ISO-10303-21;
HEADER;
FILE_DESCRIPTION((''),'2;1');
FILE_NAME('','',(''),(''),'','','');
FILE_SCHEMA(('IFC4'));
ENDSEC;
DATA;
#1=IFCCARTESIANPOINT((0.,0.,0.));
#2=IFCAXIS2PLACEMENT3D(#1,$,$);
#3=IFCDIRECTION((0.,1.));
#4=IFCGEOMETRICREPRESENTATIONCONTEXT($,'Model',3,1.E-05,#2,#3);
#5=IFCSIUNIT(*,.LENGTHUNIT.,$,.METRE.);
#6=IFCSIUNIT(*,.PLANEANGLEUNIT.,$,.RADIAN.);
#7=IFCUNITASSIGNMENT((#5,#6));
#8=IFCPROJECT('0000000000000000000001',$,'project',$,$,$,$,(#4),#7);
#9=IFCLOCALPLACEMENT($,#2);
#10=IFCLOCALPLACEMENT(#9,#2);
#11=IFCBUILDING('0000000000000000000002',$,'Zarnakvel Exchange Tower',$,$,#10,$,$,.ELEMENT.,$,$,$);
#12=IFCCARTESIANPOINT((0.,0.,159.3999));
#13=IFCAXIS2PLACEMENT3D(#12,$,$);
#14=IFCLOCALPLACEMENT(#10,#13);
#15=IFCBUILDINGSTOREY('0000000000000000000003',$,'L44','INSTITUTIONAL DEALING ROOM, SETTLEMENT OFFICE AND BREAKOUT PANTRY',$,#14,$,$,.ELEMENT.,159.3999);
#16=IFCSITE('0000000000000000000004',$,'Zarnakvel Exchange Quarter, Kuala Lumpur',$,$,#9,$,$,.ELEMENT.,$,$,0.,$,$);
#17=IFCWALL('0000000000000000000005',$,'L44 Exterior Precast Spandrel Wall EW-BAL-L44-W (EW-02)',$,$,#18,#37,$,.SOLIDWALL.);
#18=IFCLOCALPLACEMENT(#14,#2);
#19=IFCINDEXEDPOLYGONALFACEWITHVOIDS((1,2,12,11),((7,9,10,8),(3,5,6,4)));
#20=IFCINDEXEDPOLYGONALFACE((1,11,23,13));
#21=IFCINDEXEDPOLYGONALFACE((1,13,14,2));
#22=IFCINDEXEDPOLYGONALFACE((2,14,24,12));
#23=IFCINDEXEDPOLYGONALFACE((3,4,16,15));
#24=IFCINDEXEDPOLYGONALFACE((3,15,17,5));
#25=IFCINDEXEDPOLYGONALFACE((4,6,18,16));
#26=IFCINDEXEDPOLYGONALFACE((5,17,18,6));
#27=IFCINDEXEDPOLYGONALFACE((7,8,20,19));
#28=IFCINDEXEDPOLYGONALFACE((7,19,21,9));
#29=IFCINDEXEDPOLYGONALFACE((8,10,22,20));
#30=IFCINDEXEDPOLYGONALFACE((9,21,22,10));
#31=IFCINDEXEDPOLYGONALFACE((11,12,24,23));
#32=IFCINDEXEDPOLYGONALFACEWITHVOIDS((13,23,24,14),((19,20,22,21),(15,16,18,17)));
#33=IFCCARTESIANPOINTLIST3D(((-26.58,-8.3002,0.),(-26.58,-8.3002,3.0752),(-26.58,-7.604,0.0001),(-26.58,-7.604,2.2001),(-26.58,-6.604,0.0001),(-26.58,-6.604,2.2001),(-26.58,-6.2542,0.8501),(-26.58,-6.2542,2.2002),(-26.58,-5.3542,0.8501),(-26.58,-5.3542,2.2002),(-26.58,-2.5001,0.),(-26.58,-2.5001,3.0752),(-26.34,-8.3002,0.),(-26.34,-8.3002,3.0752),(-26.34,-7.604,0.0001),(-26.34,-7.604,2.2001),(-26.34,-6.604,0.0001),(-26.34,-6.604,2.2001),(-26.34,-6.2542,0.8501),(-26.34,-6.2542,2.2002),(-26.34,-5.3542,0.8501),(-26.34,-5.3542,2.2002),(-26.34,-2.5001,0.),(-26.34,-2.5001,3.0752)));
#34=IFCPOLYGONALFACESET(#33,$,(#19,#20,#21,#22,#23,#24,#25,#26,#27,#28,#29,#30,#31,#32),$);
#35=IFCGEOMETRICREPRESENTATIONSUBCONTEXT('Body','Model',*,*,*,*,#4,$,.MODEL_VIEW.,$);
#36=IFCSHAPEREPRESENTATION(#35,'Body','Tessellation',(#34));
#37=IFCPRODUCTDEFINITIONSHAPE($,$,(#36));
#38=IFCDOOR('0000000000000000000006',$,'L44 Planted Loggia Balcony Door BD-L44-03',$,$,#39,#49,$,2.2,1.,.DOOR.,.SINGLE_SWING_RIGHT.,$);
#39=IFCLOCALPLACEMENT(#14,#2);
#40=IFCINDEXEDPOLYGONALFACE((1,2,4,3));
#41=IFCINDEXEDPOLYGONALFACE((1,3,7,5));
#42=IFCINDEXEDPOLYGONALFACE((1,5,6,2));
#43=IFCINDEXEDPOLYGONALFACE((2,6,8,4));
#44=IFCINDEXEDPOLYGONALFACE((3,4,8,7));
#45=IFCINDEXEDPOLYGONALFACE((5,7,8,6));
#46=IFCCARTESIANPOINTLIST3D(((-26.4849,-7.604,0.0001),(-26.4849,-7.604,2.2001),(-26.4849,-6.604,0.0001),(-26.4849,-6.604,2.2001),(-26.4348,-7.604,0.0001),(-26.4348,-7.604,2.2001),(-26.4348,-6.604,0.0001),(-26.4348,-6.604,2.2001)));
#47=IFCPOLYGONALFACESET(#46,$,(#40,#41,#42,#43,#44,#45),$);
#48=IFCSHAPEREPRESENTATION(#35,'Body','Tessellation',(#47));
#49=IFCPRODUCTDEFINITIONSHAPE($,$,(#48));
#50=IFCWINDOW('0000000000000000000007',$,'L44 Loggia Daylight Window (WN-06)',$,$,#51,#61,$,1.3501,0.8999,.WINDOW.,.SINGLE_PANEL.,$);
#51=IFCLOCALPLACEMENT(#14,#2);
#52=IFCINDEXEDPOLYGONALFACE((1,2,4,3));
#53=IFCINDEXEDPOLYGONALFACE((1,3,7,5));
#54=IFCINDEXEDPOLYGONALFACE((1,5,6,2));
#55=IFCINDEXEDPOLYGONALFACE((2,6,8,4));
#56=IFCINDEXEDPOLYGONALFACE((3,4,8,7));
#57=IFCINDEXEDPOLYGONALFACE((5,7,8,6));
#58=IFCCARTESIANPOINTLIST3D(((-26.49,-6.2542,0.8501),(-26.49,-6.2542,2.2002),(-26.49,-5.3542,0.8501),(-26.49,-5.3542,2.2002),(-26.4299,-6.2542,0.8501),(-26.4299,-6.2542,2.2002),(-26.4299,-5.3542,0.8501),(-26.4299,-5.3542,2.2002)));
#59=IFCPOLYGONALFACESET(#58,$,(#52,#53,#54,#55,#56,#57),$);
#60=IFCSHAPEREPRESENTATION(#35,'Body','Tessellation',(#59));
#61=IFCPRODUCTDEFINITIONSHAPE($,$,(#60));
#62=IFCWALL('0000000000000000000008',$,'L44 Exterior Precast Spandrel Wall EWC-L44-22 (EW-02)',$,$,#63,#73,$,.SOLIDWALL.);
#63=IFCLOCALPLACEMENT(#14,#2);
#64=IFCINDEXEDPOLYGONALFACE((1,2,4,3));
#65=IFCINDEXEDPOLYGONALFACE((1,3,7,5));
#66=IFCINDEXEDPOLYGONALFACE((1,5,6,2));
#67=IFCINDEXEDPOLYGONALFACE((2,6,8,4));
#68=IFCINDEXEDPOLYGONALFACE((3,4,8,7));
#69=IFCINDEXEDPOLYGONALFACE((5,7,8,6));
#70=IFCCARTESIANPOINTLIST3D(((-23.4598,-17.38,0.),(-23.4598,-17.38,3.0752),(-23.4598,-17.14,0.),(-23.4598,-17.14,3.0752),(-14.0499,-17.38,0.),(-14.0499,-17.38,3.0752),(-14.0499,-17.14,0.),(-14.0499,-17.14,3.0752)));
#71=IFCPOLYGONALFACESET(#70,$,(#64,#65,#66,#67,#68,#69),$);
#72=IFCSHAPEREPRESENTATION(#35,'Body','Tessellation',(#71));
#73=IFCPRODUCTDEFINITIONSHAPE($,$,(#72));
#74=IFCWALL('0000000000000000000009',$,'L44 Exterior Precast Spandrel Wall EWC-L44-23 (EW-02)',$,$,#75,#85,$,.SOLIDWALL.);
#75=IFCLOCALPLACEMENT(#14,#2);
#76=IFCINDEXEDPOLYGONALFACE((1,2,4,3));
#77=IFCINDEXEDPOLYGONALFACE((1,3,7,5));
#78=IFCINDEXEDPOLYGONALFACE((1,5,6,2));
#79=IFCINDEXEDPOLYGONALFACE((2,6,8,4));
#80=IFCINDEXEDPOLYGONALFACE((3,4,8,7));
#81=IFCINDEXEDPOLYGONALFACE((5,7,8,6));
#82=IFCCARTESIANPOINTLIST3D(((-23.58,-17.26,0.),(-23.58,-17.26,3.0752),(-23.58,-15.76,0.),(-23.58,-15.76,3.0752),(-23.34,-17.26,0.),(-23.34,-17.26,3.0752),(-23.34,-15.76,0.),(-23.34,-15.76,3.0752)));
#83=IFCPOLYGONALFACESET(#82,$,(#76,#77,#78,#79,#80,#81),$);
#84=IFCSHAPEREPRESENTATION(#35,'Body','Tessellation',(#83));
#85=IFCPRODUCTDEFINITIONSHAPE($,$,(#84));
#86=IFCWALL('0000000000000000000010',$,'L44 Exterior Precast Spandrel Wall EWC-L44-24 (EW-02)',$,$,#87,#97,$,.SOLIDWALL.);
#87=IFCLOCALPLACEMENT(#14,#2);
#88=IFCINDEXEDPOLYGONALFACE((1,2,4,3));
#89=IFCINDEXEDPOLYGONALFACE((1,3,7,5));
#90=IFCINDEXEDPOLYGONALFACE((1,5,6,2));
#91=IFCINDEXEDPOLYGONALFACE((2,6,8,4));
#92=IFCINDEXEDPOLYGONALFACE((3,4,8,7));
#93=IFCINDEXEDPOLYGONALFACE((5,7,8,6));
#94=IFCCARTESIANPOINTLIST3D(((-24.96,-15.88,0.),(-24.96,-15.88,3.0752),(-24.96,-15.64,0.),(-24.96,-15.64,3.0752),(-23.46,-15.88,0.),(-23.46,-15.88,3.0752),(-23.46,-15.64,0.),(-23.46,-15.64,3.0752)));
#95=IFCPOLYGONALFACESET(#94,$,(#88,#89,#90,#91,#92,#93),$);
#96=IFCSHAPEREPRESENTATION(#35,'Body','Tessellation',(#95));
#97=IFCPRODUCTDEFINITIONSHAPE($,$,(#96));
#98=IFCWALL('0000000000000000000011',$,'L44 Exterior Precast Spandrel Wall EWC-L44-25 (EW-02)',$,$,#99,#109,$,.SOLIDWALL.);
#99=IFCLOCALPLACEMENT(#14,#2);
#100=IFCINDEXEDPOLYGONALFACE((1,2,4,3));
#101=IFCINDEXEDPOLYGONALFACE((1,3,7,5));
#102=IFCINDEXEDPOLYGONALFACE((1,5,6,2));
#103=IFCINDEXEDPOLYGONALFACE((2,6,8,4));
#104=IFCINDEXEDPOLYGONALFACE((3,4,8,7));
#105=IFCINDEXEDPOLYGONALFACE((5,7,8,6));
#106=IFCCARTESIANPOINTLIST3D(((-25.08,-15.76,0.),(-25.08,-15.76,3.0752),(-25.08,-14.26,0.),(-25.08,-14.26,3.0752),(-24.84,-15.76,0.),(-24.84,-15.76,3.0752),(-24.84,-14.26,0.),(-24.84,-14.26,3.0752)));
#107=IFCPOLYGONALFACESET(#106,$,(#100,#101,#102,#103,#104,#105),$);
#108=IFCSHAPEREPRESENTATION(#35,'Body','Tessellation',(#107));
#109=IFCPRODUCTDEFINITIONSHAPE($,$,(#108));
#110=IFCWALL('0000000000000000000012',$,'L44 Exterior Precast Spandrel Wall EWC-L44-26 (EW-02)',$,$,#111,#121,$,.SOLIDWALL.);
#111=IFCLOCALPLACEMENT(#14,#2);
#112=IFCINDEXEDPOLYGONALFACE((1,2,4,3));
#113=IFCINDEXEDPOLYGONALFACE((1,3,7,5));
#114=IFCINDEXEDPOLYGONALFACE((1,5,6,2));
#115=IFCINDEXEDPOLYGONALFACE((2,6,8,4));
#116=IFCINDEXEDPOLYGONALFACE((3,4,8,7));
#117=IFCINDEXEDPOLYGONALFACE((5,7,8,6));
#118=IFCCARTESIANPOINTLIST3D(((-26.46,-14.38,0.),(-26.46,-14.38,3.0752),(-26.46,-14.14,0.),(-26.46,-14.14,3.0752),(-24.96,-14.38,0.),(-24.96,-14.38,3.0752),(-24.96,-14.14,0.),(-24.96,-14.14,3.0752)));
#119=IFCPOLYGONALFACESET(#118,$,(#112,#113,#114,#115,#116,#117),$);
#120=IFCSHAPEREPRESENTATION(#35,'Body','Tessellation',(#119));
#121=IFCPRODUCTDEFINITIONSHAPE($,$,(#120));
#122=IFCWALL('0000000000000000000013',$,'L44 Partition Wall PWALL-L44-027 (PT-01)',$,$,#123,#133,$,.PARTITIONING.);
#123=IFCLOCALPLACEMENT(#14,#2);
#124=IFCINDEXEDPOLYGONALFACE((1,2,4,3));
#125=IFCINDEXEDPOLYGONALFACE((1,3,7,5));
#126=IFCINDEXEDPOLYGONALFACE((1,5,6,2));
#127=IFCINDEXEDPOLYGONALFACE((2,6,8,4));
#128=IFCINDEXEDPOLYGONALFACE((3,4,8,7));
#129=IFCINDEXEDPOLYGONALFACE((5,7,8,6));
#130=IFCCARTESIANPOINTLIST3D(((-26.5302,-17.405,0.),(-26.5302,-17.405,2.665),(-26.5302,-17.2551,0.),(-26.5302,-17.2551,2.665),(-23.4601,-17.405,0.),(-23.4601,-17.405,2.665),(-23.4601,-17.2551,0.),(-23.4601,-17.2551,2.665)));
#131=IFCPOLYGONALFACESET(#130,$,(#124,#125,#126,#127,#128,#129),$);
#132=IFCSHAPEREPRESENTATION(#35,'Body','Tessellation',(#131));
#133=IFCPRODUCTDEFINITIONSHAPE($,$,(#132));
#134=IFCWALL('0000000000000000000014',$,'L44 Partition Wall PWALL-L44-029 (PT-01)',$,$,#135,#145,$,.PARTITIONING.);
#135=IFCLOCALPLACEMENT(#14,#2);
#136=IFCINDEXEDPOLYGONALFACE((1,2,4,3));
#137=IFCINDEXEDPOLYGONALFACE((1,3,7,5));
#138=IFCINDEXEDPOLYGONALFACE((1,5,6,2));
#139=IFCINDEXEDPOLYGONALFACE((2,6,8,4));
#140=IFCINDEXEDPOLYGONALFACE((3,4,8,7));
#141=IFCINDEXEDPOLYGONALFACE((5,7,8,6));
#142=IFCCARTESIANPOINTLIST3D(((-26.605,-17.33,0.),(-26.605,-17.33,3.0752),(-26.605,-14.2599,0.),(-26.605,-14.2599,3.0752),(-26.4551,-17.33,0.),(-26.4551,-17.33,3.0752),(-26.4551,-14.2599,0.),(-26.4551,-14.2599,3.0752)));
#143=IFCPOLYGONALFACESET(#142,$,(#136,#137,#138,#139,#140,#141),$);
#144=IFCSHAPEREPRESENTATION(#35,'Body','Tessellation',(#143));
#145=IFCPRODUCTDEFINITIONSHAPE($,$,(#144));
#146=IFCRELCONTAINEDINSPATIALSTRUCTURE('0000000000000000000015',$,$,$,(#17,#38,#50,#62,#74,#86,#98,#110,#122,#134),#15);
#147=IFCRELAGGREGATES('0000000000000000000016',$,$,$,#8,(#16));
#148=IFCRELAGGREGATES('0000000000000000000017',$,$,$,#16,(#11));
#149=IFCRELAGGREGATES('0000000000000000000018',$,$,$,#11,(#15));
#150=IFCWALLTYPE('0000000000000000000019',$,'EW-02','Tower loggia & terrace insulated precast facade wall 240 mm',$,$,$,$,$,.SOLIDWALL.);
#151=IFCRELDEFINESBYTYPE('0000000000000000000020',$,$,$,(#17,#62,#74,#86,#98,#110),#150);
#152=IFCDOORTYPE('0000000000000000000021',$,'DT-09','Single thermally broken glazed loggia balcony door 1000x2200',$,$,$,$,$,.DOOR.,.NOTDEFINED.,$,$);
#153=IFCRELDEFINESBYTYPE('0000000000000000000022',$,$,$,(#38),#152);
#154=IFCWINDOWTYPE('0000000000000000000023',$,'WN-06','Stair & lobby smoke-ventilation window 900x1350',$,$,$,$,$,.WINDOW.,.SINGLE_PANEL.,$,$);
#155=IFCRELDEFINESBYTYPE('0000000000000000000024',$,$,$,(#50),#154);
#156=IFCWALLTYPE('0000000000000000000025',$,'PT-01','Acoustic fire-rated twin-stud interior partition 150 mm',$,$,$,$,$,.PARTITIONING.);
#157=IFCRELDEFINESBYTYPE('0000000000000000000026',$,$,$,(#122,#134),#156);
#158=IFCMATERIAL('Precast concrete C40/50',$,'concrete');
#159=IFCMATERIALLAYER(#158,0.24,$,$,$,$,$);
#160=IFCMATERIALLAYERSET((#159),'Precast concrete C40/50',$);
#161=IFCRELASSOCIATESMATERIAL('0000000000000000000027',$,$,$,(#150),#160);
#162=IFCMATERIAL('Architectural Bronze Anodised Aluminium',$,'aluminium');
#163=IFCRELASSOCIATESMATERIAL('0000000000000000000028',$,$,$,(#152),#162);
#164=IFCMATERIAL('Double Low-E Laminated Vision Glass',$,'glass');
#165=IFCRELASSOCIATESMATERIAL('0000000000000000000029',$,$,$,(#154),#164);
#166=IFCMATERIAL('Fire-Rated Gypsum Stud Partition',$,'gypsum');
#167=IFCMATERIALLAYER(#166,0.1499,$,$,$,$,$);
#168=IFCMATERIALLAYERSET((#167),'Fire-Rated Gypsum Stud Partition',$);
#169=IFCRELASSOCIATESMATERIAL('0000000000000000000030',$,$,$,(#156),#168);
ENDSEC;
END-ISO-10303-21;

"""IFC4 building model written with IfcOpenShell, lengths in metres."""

from ifc_helpers import new_model, si_unit, direction, frame, frame_2d, origin, place, context, subcontext, project, spatial, rectangle, extrude, source, transform, mapped, material, layer, layer_set, type_object, element, fill, save


model = new_model("IFC4")

# Units and contexts
model_context = context("Model", 3, precision=1e-05, world=origin(), true_north=direction((0.0, 1.0)))
body_context = subcontext(model_context, "Body", "Model", "MODEL_VIEW")
ifc_project = project(units=[si_unit("LENGTHUNIT", "METRE"), si_unit("PLANEANGLEUNIT", "RADIAN")], contexts=[model_context])

# Site, building, storey
site_placement = place(None, origin())
site = spatial("IfcSite", under=ifc_project, at=site_placement, Name="Zarnakvel Exchange Quarter, Kuala Lumpur", CompositionType="ELEMENT", RefElevation=0.0)
building_placement = place(site_placement, origin())
building = spatial("IfcBuilding", under=site, at=building_placement, Name="Zarnakvel Exchange Tower", CompositionType="ELEMENT")
storey_placement = place(building_placement, frame((0.0, 0.0, 159.3999)))
storey = spatial("IfcBuildingStorey", under=building, at=storey_placement, Name="L44", Description="INSTITUTIONAL DEALING ROOM, SETTLEMENT OFFICE AND BREAKOUT PANTRY", CompositionType="ELEMENT", Elevation=159.3999)

# Wall, openings, door, window
ifc_material_1 = material(Name="Precast concrete C40/50", Category="concrete")
ifc_layer_1 = layer(ifc_material_1, 0.24)
ifc_layer_set_1 = layer_set([ifc_layer_1], Name="Precast concrete C40/50")
wall_type_1 = type_object("IfcWallType", Name="EW-02", Description="Tower loggia & terrace insulated precast facade wall 240 mm", PredefinedType="SOLIDWALL", material=ifc_layer_set_1)
wall_1_placement = place(storey_placement, frame((-26.46, -8.3, 0.0), z_axis=(0.0, 0.0, 1.0), x_axis=(0.0, 1.0, 0.0)))
wall_1 = element("IfcWall", 1, at=wall_1_placement, inside=storey, type_object=wall_type_1, Name="L44 Exterior Precast Spandrel Wall EW-BAL-L44-W (EW-02)", PredefinedType="SOLIDWALL", context=body_context, shape_type="SweptSolid", body=[
    extrude(rectangle(XDim=5.8, YDim=0.24, at=frame_2d((2.8999, 0.0))), origin(), (0.0, 0.0, 1.0), 3.0752),
])
opening_1_placement = place(wall_1_placement, frame((0.696, 0.0, 0.0)))
opening_1 = element("IfcOpeningElement", 2, at=opening_1_placement, cuts=wall_1, PredefinedType="OPENING", context=body_context, shape_type="SweptSolid", body=[
    extrude(rectangle(XDim=1.0, YDim=2.2, at=frame_2d((0.5, 1.1001))), frame((0.0, 0.1299, 0.0), z_axis=(0.0, -1.0, 0.0), x_axis=(1.0, 0.0, 0.0)), (0.0, 0.0, 1.0), 0.26),
])
opening_2_placement = place(wall_1_placement, frame((2.0459, 0.0, 0.8501)))
opening_2 = element("IfcOpeningElement", 3, at=opening_2_placement, cuts=wall_1, PredefinedType="OPENING", context=body_context, shape_type="SweptSolid", body=[
    extrude(rectangle(XDim=0.8999, YDim=1.3501, at=frame_2d((0.45, 0.675))), frame((0.0, 0.1299, 0.0), z_axis=(0.0, -1.0, 0.0), x_axis=(1.0, 0.0, 0.0)), (0.0, 0.0, 1.0), 0.26),
])
ifc_material_2 = material(Name="Architectural Bronze Anodised Aluminium", Category="aluminium")
door_type = type_object("IfcDoorType", Name="DT-09", Description="Single thermally broken glazed loggia balcony door 1000x2200", OperationType="NOTDEFINED", PredefinedType="DOOR", material=ifc_material_2)
shared_shape_1 = source(origin(), body_context, "Body", "SweptSolid", [
    extrude(rectangle(XDim=1.0, YDim=2.2, at=frame_2d((0.5, 1.1001))), frame((0.0, 0.0249, 0.0), z_axis=(0.0, -1.0, 0.0), x_axis=(1.0, 0.0, 0.0)), (0.0, 0.0, 1.0), 0.05),
])
door_placement = place(opening_1_placement, origin())
door = element("IfcDoor", 4, at=door_placement, inside=storey, type_object=door_type, Name="L44 Planted Loggia Balcony Door BD-L44-03", OperationType="SINGLE_SWING_RIGHT", OverallHeight=2.2, OverallWidth=1.0, PredefinedType="DOOR", context=body_context, shape_type="MappedRepresentation", body=[
    mapped(shared_shape_1, transform((0.0, 0.0, 0.0), x_axis=(1.0, 0.0, 0.0), y_axis=(0.0, 1.0, 0.0), z_axis=(0.0, 0.0, 1.0), scale=1.0)),
])
fill(opening_1, door)
ifc_material_3 = material(Name="Double Low-E Laminated Vision Glass", Category="glass")
window_type = type_object("IfcWindowType", Name="WN-06", Description="Stair & lobby smoke-ventilation window 900x1350", PartitioningType="SINGLE_PANEL", PredefinedType="WINDOW", material=ifc_material_3)
shared_shape_2 = source(origin(), body_context, "Body", "SweptSolid", [
    extrude(rectangle(XDim=0.8999, YDim=1.3501, at=frame_2d((0.45, 0.675))), frame((0.0, 0.03, 0.0), z_axis=(0.0, -1.0, 0.0), x_axis=(1.0, 0.0, 0.0)), (0.0, 0.0, 1.0), 0.0601),
])
window_placement = place(opening_2_placement, origin())
window = element("IfcWindow", 5, at=window_placement, inside=storey, type_object=window_type, Name="L44 Loggia Daylight Window (WN-06)", OverallHeight=1.3501, OverallWidth=0.8999, PartitioningType="SINGLE_PANEL", PredefinedType="WINDOW", context=body_context, shape_type="MappedRepresentation", body=[
    mapped(shared_shape_2, transform((0.0, 0.0, 0.0), x_axis=(1.0, 0.0, 0.0), y_axis=(0.0, 1.0, 0.0), z_axis=(0.0, 0.0, 1.0), scale=1.0)),
])
fill(opening_2, window)

# Walls
wall_2_placement = place(storey_placement, frame((-23.46, -17.26, 0.0), z_axis=(0.0, 0.0, 1.0), x_axis=(1.0, 0.0, 0.0)))
element("IfcWall", 6, at=wall_2_placement, inside=storey, type_object=wall_type_1, Name="L44 Exterior Precast Spandrel Wall EWC-L44-22 (EW-02)", PredefinedType="SOLIDWALL", context=body_context, shape_type="SweptSolid", body=[
    extrude(rectangle(XDim=9.4099, YDim=0.24, at=frame_2d((4.7051, 0.0))), origin(), (0.0, 0.0, 1.0), 3.0752),
])
for number, where, z_axis, x_axis, name in (
    (7, (-23.46, -15.76, 0.0), (0.0, 0.0, 1.0), (0.0, -1.0, 0.0), "L44 Exterior Precast Spandrel Wall EWC-L44-23 (EW-02)"),
    (8, (-24.96, -15.76, 0.0), (0.0, 0.0, 1.0), (1.0, 0.0, 0.0), "L44 Exterior Precast Spandrel Wall EWC-L44-24 (EW-02)"),
    (9, (-24.96, -14.26, 0.0), (0.0, 0.0, 1.0), (0.0, -1.0, 0.0), "L44 Exterior Precast Spandrel Wall EWC-L44-25 (EW-02)"),
    (10, (-26.46, -14.26, 0.0), (0.0, 0.0, 1.0), (1.0, 0.0, 0.0), "L44 Exterior Precast Spandrel Wall EWC-L44-26 (EW-02)"),
):
    element("IfcWall", number, at=place(storey_placement, frame(where, z_axis=z_axis, x_axis=x_axis)), inside=storey, type_object=wall_type_1, Name=name, PredefinedType="SOLIDWALL", context=body_context, shape_type="SweptSolid", body=[
        extrude(rectangle(XDim=1.5, YDim=0.24, at=frame_2d((0.75, 0.0))), origin(), (0.0, 0.0, 1.0), 3.0752),
    ])
ifc_material_4 = material(Name="Fire-Rated Gypsum Stud Partition", Category="gypsum")
ifc_layer_2 = layer(ifc_material_4, 0.1499)
ifc_layer_set_2 = layer_set([ifc_layer_2], Name="Fire-Rated Gypsum Stud Partition")
wall_type_2 = type_object("IfcWallType", Name="PT-01", Description="Acoustic fire-rated twin-stud interior partition 150 mm", PredefinedType="PARTITIONING", material=ifc_layer_set_2)
wall_3_placement = place(storey_placement, frame((-23.46, -17.3301, 0.0), z_axis=(0.0, 0.0, 1.0), x_axis=(-1.0, 0.0, 0.0)))
element("IfcWall", 11, at=wall_3_placement, inside=storey, type_object=wall_type_2, Name="L44 Partition Wall PWALL-L44-027 (PT-01)", PredefinedType="PARTITIONING", context=body_context, shape_type="SweptSolid", body=[
    extrude(rectangle(XDim=3.0701, YDim=0.1499, at=frame_2d((1.5352, 0.0))), origin(), (0.0, 0.0, 1.0), 2.665),
])
wall_4_placement = place(storey_placement, frame((-26.53, -17.3301, 0.0), z_axis=(0.0, 0.0, 1.0), x_axis=(0.0, 1.0, 0.0)))
element("IfcWall", 12, at=wall_4_placement, inside=storey, type_object=wall_type_2, Name="L44 Partition Wall PWALL-L44-029 (PT-01)", PredefinedType="PARTITIONING", context=body_context, shape_type="SweptSolid", body=[
    extrude(rectangle(XDim=3.0701, YDim=0.1499, at=frame_2d((1.5352, 0.0))), origin(), (0.0, 0.0, 1.0), 3.0752),
])

save(model, "model.ifc")
